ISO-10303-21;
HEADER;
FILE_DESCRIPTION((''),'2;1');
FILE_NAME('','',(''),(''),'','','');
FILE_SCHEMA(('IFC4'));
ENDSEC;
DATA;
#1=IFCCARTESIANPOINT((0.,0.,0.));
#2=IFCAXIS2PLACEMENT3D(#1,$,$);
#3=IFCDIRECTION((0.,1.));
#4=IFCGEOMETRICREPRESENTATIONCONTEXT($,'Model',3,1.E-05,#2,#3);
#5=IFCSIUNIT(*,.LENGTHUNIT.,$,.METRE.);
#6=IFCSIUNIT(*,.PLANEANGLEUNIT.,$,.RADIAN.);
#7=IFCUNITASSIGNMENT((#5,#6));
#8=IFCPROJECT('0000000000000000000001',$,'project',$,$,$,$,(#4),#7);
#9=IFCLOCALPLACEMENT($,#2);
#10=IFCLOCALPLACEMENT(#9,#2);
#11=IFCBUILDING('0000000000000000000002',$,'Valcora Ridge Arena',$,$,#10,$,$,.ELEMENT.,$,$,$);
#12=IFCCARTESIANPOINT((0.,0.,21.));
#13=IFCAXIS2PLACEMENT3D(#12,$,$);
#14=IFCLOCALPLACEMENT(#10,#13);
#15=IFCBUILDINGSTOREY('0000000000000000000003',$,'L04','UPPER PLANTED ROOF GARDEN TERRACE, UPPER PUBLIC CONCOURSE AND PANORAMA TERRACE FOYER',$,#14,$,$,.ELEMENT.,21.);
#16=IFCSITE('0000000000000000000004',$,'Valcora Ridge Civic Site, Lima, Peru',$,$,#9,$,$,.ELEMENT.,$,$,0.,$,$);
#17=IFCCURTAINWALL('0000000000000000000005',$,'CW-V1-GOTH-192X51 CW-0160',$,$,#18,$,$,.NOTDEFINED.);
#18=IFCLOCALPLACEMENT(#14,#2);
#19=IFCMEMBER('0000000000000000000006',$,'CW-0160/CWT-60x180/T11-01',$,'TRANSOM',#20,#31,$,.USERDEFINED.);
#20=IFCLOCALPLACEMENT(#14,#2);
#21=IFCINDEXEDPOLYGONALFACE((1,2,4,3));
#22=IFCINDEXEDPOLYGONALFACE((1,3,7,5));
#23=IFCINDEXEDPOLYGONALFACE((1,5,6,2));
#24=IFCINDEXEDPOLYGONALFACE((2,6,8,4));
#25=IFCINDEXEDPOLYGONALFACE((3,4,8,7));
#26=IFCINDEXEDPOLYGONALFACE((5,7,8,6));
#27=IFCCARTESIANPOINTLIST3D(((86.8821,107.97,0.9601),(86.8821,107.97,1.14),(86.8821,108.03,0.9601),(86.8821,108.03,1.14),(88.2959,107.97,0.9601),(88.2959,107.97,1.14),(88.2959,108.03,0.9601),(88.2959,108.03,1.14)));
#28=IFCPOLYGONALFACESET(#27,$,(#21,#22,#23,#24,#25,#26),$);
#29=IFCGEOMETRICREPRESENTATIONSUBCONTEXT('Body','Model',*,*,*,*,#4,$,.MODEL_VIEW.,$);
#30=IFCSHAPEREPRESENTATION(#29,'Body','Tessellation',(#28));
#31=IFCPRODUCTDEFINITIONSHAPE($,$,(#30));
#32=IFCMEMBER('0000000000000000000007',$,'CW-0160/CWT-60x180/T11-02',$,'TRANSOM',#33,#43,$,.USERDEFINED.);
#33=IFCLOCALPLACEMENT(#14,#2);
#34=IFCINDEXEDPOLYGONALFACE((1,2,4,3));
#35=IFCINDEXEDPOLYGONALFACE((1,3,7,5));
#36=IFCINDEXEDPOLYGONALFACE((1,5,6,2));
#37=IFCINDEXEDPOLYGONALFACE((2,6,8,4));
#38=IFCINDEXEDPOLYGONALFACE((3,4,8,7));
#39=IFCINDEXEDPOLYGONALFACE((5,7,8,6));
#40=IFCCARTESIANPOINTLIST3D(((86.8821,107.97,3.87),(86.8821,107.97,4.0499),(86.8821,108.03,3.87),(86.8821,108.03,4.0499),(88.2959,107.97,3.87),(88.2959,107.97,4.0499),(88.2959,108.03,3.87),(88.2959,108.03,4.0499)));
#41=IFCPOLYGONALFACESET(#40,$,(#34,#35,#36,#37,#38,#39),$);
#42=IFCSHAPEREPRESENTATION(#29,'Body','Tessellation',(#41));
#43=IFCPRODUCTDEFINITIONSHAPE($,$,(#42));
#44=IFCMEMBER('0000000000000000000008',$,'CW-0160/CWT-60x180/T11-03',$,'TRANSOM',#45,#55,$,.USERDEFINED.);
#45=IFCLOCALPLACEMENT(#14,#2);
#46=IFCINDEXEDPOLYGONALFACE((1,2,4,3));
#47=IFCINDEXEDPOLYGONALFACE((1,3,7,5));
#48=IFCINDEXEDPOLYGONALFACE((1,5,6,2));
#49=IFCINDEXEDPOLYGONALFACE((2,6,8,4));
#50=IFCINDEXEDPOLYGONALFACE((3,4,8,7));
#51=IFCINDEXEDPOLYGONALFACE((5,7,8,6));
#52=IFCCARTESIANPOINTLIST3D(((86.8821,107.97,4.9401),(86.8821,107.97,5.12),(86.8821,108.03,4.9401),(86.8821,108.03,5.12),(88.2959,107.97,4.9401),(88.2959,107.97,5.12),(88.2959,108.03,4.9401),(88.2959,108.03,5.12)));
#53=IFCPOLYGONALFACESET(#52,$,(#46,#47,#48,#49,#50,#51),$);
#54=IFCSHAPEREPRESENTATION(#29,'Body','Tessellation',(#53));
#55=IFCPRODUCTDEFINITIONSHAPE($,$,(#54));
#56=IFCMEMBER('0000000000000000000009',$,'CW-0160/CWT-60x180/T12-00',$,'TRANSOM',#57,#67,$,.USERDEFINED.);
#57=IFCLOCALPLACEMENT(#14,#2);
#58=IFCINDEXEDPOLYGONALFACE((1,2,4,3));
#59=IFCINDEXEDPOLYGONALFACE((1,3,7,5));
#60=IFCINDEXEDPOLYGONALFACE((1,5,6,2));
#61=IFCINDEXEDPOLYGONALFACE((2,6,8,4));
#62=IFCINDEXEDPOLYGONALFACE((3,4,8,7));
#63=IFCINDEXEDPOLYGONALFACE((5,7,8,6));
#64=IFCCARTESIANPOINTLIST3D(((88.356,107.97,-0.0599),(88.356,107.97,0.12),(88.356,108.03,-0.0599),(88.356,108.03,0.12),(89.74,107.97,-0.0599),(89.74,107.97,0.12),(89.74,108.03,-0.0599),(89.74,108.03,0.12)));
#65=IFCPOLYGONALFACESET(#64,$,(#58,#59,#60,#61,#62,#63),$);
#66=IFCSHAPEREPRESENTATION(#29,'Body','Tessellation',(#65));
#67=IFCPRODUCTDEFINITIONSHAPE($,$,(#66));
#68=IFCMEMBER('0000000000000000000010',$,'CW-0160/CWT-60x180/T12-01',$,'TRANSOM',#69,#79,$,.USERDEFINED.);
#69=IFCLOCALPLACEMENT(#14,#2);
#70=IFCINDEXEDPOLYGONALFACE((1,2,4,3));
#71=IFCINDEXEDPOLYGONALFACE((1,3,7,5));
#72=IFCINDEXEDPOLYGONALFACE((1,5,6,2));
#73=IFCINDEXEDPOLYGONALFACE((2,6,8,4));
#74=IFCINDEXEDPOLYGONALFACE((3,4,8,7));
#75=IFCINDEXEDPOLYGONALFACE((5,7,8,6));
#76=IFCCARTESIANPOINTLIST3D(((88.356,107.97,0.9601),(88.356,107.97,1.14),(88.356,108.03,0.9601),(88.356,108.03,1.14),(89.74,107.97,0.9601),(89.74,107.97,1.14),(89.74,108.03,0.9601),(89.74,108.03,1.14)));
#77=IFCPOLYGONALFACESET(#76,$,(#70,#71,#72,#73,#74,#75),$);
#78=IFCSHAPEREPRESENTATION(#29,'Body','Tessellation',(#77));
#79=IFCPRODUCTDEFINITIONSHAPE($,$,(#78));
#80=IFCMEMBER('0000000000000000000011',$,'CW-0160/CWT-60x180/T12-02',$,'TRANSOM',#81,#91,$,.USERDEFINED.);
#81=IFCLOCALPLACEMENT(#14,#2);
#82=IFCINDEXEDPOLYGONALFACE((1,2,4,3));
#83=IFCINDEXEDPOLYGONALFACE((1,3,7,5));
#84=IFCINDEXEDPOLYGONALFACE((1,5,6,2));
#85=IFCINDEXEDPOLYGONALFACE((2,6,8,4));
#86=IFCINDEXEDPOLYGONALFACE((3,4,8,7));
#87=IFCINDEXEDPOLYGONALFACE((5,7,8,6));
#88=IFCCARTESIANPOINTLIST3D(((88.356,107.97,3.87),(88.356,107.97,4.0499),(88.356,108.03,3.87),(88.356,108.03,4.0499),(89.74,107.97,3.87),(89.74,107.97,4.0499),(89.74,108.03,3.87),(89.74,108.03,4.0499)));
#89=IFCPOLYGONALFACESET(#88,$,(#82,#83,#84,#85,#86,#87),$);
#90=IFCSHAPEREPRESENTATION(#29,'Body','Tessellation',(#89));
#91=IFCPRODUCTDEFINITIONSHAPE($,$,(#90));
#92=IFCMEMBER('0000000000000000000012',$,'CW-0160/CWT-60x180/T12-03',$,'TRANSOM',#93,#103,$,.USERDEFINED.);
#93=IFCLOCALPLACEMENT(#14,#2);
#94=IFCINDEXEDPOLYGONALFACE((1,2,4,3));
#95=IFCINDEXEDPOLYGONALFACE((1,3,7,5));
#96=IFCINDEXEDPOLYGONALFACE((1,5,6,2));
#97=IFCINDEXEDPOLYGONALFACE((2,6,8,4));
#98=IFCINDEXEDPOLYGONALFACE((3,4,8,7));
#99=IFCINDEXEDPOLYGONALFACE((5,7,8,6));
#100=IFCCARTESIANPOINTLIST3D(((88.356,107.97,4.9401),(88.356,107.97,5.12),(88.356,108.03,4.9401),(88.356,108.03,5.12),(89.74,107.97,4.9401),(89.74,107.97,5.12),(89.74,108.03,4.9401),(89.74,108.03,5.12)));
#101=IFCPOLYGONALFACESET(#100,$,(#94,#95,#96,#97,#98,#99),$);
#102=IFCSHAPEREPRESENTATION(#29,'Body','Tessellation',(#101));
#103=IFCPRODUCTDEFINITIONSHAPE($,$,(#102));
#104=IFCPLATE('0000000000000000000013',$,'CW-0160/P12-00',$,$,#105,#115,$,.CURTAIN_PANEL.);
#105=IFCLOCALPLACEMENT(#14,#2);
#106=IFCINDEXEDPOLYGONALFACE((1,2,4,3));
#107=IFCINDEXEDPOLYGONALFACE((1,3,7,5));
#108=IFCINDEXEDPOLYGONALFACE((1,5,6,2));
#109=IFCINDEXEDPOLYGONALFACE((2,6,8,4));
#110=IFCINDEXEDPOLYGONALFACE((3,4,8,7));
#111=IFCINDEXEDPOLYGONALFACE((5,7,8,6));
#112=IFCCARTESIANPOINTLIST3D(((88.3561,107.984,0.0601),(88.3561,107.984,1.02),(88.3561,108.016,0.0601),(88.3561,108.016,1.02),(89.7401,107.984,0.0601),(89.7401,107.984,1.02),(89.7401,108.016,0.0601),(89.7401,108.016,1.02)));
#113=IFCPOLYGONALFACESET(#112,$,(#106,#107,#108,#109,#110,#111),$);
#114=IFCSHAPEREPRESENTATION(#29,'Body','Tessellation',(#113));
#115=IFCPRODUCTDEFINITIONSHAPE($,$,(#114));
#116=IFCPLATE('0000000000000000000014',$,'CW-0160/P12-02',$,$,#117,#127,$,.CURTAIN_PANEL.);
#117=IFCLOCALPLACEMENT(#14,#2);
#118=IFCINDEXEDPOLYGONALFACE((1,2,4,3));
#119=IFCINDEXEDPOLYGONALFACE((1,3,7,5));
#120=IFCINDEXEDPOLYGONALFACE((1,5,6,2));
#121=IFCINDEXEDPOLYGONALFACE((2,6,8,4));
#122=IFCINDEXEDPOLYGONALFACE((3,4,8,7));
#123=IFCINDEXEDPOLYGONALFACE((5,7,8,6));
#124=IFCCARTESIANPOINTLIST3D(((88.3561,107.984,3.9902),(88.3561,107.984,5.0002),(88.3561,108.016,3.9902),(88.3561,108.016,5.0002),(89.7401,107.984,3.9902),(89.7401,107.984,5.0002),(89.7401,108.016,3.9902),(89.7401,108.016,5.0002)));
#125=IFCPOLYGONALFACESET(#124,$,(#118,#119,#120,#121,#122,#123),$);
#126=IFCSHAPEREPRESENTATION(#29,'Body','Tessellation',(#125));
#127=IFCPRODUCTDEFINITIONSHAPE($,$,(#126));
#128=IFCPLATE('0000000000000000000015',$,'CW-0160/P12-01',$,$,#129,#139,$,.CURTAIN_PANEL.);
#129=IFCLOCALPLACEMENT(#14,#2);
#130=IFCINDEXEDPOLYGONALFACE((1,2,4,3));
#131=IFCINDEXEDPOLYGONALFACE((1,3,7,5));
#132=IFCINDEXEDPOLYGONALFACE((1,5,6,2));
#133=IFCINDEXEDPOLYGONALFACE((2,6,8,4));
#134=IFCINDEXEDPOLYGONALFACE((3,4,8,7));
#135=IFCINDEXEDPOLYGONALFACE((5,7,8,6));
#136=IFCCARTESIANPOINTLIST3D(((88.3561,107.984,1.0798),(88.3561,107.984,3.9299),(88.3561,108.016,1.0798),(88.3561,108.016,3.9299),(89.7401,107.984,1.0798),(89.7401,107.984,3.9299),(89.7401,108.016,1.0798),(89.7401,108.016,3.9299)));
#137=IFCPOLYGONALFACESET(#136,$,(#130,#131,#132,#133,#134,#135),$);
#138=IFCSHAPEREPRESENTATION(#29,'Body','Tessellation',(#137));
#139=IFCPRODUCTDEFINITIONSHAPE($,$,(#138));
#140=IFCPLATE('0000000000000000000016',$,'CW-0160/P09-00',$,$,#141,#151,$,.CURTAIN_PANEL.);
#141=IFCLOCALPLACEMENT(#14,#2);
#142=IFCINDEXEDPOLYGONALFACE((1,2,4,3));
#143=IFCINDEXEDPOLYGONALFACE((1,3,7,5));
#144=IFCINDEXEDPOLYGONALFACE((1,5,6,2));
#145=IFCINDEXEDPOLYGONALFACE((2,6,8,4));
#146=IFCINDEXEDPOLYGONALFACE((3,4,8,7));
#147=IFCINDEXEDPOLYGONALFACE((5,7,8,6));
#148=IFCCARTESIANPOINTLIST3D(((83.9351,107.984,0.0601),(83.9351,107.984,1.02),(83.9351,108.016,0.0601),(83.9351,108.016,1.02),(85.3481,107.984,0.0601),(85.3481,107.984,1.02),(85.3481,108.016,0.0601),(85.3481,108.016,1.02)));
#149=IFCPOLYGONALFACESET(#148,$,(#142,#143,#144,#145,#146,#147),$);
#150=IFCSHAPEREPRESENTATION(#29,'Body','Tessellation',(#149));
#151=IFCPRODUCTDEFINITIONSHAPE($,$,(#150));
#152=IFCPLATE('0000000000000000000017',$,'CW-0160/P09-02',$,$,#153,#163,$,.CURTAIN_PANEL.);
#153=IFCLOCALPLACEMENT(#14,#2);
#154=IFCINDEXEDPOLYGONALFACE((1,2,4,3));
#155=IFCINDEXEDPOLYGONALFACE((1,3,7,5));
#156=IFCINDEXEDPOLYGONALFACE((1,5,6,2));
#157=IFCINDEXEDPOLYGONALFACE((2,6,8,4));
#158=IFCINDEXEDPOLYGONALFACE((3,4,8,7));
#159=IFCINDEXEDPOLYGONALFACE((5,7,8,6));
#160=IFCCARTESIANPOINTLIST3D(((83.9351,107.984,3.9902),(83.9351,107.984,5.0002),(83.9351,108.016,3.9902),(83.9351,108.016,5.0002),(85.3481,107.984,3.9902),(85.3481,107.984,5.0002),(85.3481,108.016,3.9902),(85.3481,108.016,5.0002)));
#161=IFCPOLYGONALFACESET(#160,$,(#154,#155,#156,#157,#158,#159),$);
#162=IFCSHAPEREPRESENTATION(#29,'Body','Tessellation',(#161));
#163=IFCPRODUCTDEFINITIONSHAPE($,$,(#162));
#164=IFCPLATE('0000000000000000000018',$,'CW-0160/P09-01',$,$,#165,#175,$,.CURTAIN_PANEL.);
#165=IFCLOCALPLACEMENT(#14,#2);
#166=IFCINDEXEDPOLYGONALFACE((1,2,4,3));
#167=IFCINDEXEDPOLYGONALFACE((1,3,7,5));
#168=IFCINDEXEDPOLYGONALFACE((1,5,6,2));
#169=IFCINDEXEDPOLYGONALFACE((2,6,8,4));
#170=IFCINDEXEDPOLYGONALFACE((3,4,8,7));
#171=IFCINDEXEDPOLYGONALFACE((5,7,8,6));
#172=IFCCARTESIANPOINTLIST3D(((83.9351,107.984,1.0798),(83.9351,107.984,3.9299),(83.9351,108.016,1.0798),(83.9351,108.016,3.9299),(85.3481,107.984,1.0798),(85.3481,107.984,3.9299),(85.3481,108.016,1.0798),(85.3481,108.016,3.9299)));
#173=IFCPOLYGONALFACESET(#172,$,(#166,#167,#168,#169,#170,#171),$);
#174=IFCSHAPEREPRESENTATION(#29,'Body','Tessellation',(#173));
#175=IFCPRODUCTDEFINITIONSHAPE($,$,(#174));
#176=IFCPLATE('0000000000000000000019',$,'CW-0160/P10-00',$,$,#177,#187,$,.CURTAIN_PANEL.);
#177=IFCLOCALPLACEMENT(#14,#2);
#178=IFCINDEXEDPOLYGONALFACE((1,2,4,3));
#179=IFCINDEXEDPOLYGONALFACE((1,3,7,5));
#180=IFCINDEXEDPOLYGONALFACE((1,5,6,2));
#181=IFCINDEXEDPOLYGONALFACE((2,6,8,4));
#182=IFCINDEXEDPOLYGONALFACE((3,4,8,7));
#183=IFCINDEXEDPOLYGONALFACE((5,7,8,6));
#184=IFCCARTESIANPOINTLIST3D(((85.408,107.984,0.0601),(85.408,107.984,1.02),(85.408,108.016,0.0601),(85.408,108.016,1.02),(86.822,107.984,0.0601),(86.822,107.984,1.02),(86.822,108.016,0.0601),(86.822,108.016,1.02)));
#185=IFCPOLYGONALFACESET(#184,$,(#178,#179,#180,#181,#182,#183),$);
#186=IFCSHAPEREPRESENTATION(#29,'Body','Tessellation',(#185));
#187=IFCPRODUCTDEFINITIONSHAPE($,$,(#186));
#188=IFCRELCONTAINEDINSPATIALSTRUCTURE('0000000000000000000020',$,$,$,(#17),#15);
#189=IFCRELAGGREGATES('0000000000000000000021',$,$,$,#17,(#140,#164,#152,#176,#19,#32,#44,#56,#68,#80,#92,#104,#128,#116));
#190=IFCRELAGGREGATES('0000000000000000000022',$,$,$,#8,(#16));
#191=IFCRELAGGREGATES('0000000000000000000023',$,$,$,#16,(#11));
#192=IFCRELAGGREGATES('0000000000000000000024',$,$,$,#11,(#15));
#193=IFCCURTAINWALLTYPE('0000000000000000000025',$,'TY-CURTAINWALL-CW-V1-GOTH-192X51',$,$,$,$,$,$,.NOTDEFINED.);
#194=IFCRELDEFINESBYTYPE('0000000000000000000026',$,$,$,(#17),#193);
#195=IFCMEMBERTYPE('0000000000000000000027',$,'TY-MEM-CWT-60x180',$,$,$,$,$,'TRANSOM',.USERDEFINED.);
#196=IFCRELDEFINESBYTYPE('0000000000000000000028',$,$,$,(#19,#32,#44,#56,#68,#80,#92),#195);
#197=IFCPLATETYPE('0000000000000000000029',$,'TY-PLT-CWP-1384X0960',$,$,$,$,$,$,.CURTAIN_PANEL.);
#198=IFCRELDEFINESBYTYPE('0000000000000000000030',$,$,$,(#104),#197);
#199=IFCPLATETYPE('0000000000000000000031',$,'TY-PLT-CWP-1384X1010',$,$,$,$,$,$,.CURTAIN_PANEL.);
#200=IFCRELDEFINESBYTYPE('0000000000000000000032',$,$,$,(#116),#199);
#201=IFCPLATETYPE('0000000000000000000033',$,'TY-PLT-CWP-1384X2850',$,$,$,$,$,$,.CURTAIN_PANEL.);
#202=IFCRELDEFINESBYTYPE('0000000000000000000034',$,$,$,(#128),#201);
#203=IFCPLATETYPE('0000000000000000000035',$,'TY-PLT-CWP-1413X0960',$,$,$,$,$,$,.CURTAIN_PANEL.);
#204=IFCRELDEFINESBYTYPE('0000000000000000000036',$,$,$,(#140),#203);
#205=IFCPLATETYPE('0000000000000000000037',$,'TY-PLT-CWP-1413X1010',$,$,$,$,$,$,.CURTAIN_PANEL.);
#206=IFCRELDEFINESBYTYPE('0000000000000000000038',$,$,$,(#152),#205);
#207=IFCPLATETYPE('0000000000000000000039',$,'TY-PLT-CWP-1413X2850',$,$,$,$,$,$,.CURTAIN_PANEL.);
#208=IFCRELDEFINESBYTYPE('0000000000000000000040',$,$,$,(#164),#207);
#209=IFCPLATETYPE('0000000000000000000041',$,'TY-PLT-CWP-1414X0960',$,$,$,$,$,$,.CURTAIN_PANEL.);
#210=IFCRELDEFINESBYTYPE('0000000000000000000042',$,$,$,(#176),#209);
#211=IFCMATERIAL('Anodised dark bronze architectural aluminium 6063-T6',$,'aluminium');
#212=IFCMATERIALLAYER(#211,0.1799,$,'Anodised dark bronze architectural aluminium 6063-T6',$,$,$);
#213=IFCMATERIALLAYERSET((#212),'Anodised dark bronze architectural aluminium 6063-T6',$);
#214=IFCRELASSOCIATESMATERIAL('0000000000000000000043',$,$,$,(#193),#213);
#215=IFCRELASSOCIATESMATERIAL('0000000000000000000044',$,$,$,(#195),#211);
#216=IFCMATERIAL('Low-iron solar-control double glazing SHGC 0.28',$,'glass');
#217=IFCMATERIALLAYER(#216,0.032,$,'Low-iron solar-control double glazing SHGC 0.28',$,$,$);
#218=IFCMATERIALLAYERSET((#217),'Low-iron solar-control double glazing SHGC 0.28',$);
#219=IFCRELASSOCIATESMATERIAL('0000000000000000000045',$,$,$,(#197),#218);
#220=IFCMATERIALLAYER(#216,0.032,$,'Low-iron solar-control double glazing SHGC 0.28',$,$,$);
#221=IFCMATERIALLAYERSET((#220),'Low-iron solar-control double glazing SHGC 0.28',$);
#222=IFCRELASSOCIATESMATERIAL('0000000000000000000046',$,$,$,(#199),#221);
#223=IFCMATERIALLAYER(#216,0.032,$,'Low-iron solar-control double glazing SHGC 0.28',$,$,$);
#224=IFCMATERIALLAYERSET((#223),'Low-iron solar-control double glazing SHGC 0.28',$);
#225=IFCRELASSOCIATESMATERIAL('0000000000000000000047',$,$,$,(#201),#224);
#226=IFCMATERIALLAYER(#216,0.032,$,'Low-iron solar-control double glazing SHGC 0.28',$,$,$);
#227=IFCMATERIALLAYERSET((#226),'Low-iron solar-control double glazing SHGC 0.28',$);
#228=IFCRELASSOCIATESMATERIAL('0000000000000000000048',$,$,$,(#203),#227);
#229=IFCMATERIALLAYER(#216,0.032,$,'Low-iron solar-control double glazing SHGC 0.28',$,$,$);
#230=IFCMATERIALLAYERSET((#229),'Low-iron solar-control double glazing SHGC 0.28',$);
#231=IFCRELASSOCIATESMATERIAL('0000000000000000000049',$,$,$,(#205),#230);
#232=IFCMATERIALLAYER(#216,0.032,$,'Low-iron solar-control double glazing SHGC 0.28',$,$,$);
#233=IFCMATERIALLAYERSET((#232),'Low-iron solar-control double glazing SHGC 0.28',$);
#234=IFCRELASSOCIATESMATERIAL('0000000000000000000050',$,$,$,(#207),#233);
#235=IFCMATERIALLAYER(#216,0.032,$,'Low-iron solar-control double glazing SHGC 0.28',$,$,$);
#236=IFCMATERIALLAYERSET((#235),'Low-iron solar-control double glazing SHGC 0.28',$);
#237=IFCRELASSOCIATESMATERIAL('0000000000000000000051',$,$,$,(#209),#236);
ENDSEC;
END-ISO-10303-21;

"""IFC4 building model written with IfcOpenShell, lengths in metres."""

from ifc_helpers import new_model, si_unit, direction, frame, origin, origin_2d, place, context, subcontext, project, spatial, rectangle, extrude, material, layer, layer_set, material_profile, profile_set, type_object, element, aggregate, save


model = new_model("IFC4")

# Units and contexts
model_context = context("Model", 3, precision=1e-05, world=origin(), true_north=direction((0.0, 1.0)))
body_context = subcontext(model_context, "Body", "Model", "MODEL_VIEW")
ifc_project = project(units=[si_unit("LENGTHUNIT", "METRE"), si_unit("PLANEANGLEUNIT", "RADIAN")], contexts=[model_context])

# Site, building, storey
site_placement = place(None, origin())
site = spatial("IfcSite", under=ifc_project, at=site_placement, Name="Valcora Ridge Civic Site, Lima, Peru", CompositionType="ELEMENT", RefElevation=0.0)
building_placement = place(site_placement, origin())
building = spatial("IfcBuilding", under=site, at=building_placement, Name="Valcora Ridge Arena", CompositionType="ELEMENT")
storey_placement = place(building_placement, frame((0.0, 0.0, 21.0)))
storey = spatial("IfcBuildingStorey", under=building, at=storey_placement, Name="L04", Description="UPPER PLANTED ROOF GARDEN TERRACE, UPPER PUBLIC CONCOURSE AND PANORAMA TERRACE FOYER", CompositionType="ELEMENT", Elevation=21.0)

# Curtain wall, members, plates
ifc_material_1 = material(Name="Anodised dark bronze architectural aluminium 6063-T6", Category="aluminium")
ifc_layer_1 = layer(ifc_material_1, 0.1799, Name="Anodised dark bronze architectural aluminium 6063-T6")
ifc_layer_set_1 = layer_set([ifc_layer_1], Name="Anodised dark bronze architectural aluminium 6063-T6")
curtain_wall_type = type_object("IfcCurtainWallType", Name="TY-CURTAINWALL-CW-V1-GOTH-192X51", PredefinedType="NOTDEFINED", material=ifc_layer_set_1)
curtain_wall_placement = place(storey_placement, origin())
curtain_wall = element("IfcCurtainWall", 1, at=curtain_wall_placement, inside=storey, type_object=curtain_wall_type, Name="CW-V1-GOTH-192X51 CW-0160", PredefinedType="NOTDEFINED")
ifc_material_profile_1 = material_profile(ifc_material_1, rectangle(XDim=0.0601, YDim=0.1799, at=origin_2d()), Name="ALU TRANSOM 60x180")
ifc_profile_set_1 = profile_set([ifc_material_profile_1], Name="Anodised dark bronze architectural aluminium 6063-T6")
member_type_1 = type_object("IfcMemberType", Name="TY-MEM-CWT-60x180", ElementType="TRANSOM", PredefinedType="USERDEFINED", material=ifc_profile_set_1)
member_1_placement = place(storey_placement, frame((86.8821, 108.0, 1.05), z_axis=(1.0, 0.0, 0.0), x_axis=(0.0, 1.0, 0.0)))
member_1 = element("IfcMember", 2, at=member_1_placement, type_object=member_type_1, Name="CW-0160/CWT-60x180/T11-01", ObjectType="TRANSOM", PredefinedType="USERDEFINED", context=body_context, shape_type="SweptSolid", body=[
    extrude(rectangle(XDim=0.0601, YDim=0.1799, at=origin_2d()), origin(), (0.0, 0.0, 1.0), 1.4138),
])
member_2_placement = place(storey_placement, frame((86.8821, 108.0, 3.96), z_axis=(1.0, 0.0, 0.0), x_axis=(0.0, 1.0, 0.0)))
member_2 = element("IfcMember", 3, at=member_2_placement, type_object=member_type_1, Name="CW-0160/CWT-60x180/T11-02", ObjectType="TRANSOM", PredefinedType="USERDEFINED", context=body_context, shape_type="SweptSolid", body=[
    extrude(rectangle(XDim=0.0601, YDim=0.1799, at=origin_2d()), origin(), (0.0, 0.0, 1.0), 1.4138),
])
member_3_placement = place(storey_placement, frame((86.8821, 108.0, 5.03), z_axis=(1.0, 0.0, 0.0), x_axis=(0.0, 1.0, 0.0)))
member_3 = element("IfcMember", 4, at=member_3_placement, type_object=member_type_1, Name="CW-0160/CWT-60x180/T11-03", ObjectType="TRANSOM", PredefinedType="USERDEFINED", context=body_context, shape_type="SweptSolid", body=[
    extrude(rectangle(XDim=0.0601, YDim=0.1799, at=origin_2d()), origin(), (0.0, 0.0, 1.0), 1.4138),
])
member_4_placement = place(storey_placement, frame((88.356, 108.0, 0.03), z_axis=(1.0, 0.0, 0.0), x_axis=(0.0, 1.0, 0.0)))
member_4 = element("IfcMember", 5, at=member_4_placement, type_object=member_type_1, Name="CW-0160/CWT-60x180/T12-00", ObjectType="TRANSOM", PredefinedType="USERDEFINED", context=body_context, shape_type="SweptSolid", body=[
    extrude(rectangle(XDim=0.0601, YDim=0.1799, at=origin_2d()), origin(), (0.0, 0.0, 1.0), 1.384),
])
member_5_placement = place(storey_placement, frame((88.356, 108.0, 1.05), z_axis=(1.0, 0.0, 0.0), x_axis=(0.0, 1.0, 0.0)))
member_5 = element("IfcMember", 6, at=member_5_placement, type_object=member_type_1, Name="CW-0160/CWT-60x180/T12-01", ObjectType="TRANSOM", PredefinedType="USERDEFINED", context=body_context, shape_type="SweptSolid", body=[
    extrude(rectangle(XDim=0.0601, YDim=0.1799, at=origin_2d()), origin(), (0.0, 0.0, 1.0), 1.384),
])
member_6_placement = place(storey_placement, frame((88.356, 108.0, 3.96), z_axis=(1.0, 0.0, 0.0), x_axis=(0.0, 1.0, 0.0)))
member_6 = element("IfcMember", 7, at=member_6_placement, type_object=member_type_1, Name="CW-0160/CWT-60x180/T12-02", ObjectType="TRANSOM", PredefinedType="USERDEFINED", context=body_context, shape_type="SweptSolid", body=[
    extrude(rectangle(XDim=0.0601, YDim=0.1799, at=origin_2d()), origin(), (0.0, 0.0, 1.0), 1.384),
])
member_7_placement = place(storey_placement, frame((88.356, 108.0, 5.03), z_axis=(1.0, 0.0, 0.0), x_axis=(0.0, 1.0, 0.0)))
member_7 = element("IfcMember", 8, at=member_7_placement, type_object=member_type_1, Name="CW-0160/CWT-60x180/T12-03", ObjectType="TRANSOM", PredefinedType="USERDEFINED", context=body_context, shape_type="SweptSolid", body=[
    extrude(rectangle(XDim=0.0601, YDim=0.1799, at=origin_2d()), origin(), (0.0, 0.0, 1.0), 1.384),
])
ifc_material_2 = material(Name="Low-iron solar-control double glazing SHGC 0.28", Category="glass")
ifc_layer_2 = layer(ifc_material_2, 0.032, Name="Low-iron solar-control double glazing SHGC 0.28")
ifc_layer_set_2 = layer_set([ifc_layer_2], Name="Low-iron solar-control double glazing SHGC 0.28")
plate_type_1 = type_object("IfcPlateType", Name="TY-PLT-CWP-1384X0960", PredefinedType="CURTAIN_PANEL", material=ifc_layer_set_2)
plate_1_placement = place(storey_placement, frame((89.0481, 108.0, 0.0601), z_axis=(0.0, 0.0, 1.0), x_axis=(1.0, 0.0, 0.0)))
plate_1 = element("IfcPlate", 9, at=plate_1_placement, type_object=plate_type_1, Name="CW-0160/P12-00", PredefinedType="CURTAIN_PANEL", context=body_context, shape_type="SweptSolid", body=[
    extrude(rectangle(XDim=1.384, YDim=0.032, at=origin_2d()), origin(), (0.0, 0.0, 1.0), 0.96),
])
ifc_layer_3 = layer(ifc_material_2, 0.032, Name="Low-iron solar-control double glazing SHGC 0.28")
ifc_layer_set_3 = layer_set([ifc_layer_3], Name="Low-iron solar-control double glazing SHGC 0.28")
plate_type_2 = type_object("IfcPlateType", Name="TY-PLT-CWP-1384X1010", PredefinedType="CURTAIN_PANEL", material=ifc_layer_set_3)
plate_2_placement = place(storey_placement, frame((89.0481, 108.0, 3.9902), z_axis=(0.0, 0.0, 1.0), x_axis=(1.0, 0.0, 0.0)))
plate_2 = element("IfcPlate", 10, at=plate_2_placement, type_object=plate_type_2, Name="CW-0160/P12-02", PredefinedType="CURTAIN_PANEL", context=body_context, shape_type="SweptSolid", body=[
    extrude(rectangle(XDim=1.384, YDim=0.032, at=origin_2d()), origin(), (0.0, 0.0, 1.0), 1.01),
])
ifc_layer_4 = layer(ifc_material_2, 0.032, Name="Low-iron solar-control double glazing SHGC 0.28")
ifc_layer_set_4 = layer_set([ifc_layer_4], Name="Low-iron solar-control double glazing SHGC 0.28")
plate_type_3 = type_object("IfcPlateType", Name="TY-PLT-CWP-1384X2850", PredefinedType="CURTAIN_PANEL", material=ifc_layer_set_4)
plate_3_placement = place(storey_placement, frame((89.0481, 108.0, 1.0798), z_axis=(0.0, 0.0, 1.0), x_axis=(1.0, 0.0, 0.0)))
plate_3 = element("IfcPlate", 11, at=plate_3_placement, type_object=plate_type_3, Name="CW-0160/P12-01", PredefinedType="CURTAIN_PANEL", context=body_context, shape_type="SweptSolid", body=[
    extrude(rectangle(XDim=1.384, YDim=0.032, at=origin_2d()), origin(), (0.0, 0.0, 1.0), 2.8501),
])
ifc_layer_5 = layer(ifc_material_2, 0.032, Name="Low-iron solar-control double glazing SHGC 0.28")
ifc_layer_set_5 = layer_set([ifc_layer_5], Name="Low-iron solar-control double glazing SHGC 0.28")
plate_type_4 = type_object("IfcPlateType", Name="TY-PLT-CWP-1413X0960", PredefinedType="CURTAIN_PANEL", material=ifc_layer_set_5)
plate_4_placement = place(storey_placement, frame((84.6416, 108.0, 0.0601), z_axis=(0.0, 0.0, 1.0), x_axis=(1.0, 0.0, 0.0)))
plate_4 = element("IfcPlate", 12, at=plate_4_placement, type_object=plate_type_4, Name="CW-0160/P09-00", PredefinedType="CURTAIN_PANEL", context=body_context, shape_type="SweptSolid", body=[
    extrude(rectangle(XDim=1.4131, YDim=0.032, at=origin_2d()), origin(), (0.0, 0.0, 1.0), 0.96),
])
ifc_layer_6 = layer(ifc_material_2, 0.032, Name="Low-iron solar-control double glazing SHGC 0.28")
ifc_layer_set_6 = layer_set([ifc_layer_6], Name="Low-iron solar-control double glazing SHGC 0.28")
plate_type_5 = type_object("IfcPlateType", Name="TY-PLT-CWP-1413X1010", PredefinedType="CURTAIN_PANEL", material=ifc_layer_set_6)
plate_5_placement = place(storey_placement, frame((84.6416, 108.0, 3.9902), z_axis=(0.0, 0.0, 1.0), x_axis=(1.0, 0.0, 0.0)))
plate_5 = element("IfcPlate", 13, at=plate_5_placement, type_object=plate_type_5, Name="CW-0160/P09-02", PredefinedType="CURTAIN_PANEL", context=body_context, shape_type="SweptSolid", body=[
    extrude(rectangle(XDim=1.4131, YDim=0.032, at=origin_2d()), origin(), (0.0, 0.0, 1.0), 1.01),
])
ifc_layer_7 = layer(ifc_material_2, 0.032, Name="Low-iron solar-control double glazing SHGC 0.28")
ifc_layer_set_7 = layer_set([ifc_layer_7], Name="Low-iron solar-control double glazing SHGC 0.28")
plate_type_6 = type_object("IfcPlateType", Name="TY-PLT-CWP-1413X2850", PredefinedType="CURTAIN_PANEL", material=ifc_layer_set_7)
plate_6_placement = place(storey_placement, frame((84.6416, 108.0, 1.0798), z_axis=(0.0, 0.0, 1.0), x_axis=(1.0, 0.0, 0.0)))
plate_6 = element("IfcPlate", 14, at=plate_6_placement, type_object=plate_type_6, Name="CW-0160/P09-01", PredefinedType="CURTAIN_PANEL", context=body_context, shape_type="SweptSolid", body=[
    extrude(rectangle(XDim=1.4131, YDim=0.032, at=origin_2d()), origin(), (0.0, 0.0, 1.0), 2.8501),
])
ifc_layer_8 = layer(ifc_material_2, 0.032, Name="Low-iron solar-control double glazing SHGC 0.28")
ifc_layer_set_8 = layer_set([ifc_layer_8], Name="Low-iron solar-control double glazing SHGC 0.28")
plate_type_7 = type_object("IfcPlateType", Name="TY-PLT-CWP-1414X0960", PredefinedType="CURTAIN_PANEL", material=ifc_layer_set_8)
plate_7_placement = place(storey_placement, frame((86.115, 108.0, 0.0601), z_axis=(0.0, 0.0, 1.0), x_axis=(1.0, 0.0, 0.0)))
plate_7 = element("IfcPlate", 15, at=plate_7_placement, type_object=plate_type_7, Name="CW-0160/P10-00", PredefinedType="CURTAIN_PANEL", context=body_context, shape_type="SweptSolid", body=[
    extrude(rectangle(XDim=1.4141, YDim=0.032, at=origin_2d()), origin(), (0.0, 0.0, 1.0), 0.96),
])
aggregate(curtain_wall, [plate_4, plate_6, plate_5, plate_7, member_1, member_2, member_3, member_4, member_5, member_6, member_7, plate_1, plate_3, plate_2])

save(model, "model.ifc")
